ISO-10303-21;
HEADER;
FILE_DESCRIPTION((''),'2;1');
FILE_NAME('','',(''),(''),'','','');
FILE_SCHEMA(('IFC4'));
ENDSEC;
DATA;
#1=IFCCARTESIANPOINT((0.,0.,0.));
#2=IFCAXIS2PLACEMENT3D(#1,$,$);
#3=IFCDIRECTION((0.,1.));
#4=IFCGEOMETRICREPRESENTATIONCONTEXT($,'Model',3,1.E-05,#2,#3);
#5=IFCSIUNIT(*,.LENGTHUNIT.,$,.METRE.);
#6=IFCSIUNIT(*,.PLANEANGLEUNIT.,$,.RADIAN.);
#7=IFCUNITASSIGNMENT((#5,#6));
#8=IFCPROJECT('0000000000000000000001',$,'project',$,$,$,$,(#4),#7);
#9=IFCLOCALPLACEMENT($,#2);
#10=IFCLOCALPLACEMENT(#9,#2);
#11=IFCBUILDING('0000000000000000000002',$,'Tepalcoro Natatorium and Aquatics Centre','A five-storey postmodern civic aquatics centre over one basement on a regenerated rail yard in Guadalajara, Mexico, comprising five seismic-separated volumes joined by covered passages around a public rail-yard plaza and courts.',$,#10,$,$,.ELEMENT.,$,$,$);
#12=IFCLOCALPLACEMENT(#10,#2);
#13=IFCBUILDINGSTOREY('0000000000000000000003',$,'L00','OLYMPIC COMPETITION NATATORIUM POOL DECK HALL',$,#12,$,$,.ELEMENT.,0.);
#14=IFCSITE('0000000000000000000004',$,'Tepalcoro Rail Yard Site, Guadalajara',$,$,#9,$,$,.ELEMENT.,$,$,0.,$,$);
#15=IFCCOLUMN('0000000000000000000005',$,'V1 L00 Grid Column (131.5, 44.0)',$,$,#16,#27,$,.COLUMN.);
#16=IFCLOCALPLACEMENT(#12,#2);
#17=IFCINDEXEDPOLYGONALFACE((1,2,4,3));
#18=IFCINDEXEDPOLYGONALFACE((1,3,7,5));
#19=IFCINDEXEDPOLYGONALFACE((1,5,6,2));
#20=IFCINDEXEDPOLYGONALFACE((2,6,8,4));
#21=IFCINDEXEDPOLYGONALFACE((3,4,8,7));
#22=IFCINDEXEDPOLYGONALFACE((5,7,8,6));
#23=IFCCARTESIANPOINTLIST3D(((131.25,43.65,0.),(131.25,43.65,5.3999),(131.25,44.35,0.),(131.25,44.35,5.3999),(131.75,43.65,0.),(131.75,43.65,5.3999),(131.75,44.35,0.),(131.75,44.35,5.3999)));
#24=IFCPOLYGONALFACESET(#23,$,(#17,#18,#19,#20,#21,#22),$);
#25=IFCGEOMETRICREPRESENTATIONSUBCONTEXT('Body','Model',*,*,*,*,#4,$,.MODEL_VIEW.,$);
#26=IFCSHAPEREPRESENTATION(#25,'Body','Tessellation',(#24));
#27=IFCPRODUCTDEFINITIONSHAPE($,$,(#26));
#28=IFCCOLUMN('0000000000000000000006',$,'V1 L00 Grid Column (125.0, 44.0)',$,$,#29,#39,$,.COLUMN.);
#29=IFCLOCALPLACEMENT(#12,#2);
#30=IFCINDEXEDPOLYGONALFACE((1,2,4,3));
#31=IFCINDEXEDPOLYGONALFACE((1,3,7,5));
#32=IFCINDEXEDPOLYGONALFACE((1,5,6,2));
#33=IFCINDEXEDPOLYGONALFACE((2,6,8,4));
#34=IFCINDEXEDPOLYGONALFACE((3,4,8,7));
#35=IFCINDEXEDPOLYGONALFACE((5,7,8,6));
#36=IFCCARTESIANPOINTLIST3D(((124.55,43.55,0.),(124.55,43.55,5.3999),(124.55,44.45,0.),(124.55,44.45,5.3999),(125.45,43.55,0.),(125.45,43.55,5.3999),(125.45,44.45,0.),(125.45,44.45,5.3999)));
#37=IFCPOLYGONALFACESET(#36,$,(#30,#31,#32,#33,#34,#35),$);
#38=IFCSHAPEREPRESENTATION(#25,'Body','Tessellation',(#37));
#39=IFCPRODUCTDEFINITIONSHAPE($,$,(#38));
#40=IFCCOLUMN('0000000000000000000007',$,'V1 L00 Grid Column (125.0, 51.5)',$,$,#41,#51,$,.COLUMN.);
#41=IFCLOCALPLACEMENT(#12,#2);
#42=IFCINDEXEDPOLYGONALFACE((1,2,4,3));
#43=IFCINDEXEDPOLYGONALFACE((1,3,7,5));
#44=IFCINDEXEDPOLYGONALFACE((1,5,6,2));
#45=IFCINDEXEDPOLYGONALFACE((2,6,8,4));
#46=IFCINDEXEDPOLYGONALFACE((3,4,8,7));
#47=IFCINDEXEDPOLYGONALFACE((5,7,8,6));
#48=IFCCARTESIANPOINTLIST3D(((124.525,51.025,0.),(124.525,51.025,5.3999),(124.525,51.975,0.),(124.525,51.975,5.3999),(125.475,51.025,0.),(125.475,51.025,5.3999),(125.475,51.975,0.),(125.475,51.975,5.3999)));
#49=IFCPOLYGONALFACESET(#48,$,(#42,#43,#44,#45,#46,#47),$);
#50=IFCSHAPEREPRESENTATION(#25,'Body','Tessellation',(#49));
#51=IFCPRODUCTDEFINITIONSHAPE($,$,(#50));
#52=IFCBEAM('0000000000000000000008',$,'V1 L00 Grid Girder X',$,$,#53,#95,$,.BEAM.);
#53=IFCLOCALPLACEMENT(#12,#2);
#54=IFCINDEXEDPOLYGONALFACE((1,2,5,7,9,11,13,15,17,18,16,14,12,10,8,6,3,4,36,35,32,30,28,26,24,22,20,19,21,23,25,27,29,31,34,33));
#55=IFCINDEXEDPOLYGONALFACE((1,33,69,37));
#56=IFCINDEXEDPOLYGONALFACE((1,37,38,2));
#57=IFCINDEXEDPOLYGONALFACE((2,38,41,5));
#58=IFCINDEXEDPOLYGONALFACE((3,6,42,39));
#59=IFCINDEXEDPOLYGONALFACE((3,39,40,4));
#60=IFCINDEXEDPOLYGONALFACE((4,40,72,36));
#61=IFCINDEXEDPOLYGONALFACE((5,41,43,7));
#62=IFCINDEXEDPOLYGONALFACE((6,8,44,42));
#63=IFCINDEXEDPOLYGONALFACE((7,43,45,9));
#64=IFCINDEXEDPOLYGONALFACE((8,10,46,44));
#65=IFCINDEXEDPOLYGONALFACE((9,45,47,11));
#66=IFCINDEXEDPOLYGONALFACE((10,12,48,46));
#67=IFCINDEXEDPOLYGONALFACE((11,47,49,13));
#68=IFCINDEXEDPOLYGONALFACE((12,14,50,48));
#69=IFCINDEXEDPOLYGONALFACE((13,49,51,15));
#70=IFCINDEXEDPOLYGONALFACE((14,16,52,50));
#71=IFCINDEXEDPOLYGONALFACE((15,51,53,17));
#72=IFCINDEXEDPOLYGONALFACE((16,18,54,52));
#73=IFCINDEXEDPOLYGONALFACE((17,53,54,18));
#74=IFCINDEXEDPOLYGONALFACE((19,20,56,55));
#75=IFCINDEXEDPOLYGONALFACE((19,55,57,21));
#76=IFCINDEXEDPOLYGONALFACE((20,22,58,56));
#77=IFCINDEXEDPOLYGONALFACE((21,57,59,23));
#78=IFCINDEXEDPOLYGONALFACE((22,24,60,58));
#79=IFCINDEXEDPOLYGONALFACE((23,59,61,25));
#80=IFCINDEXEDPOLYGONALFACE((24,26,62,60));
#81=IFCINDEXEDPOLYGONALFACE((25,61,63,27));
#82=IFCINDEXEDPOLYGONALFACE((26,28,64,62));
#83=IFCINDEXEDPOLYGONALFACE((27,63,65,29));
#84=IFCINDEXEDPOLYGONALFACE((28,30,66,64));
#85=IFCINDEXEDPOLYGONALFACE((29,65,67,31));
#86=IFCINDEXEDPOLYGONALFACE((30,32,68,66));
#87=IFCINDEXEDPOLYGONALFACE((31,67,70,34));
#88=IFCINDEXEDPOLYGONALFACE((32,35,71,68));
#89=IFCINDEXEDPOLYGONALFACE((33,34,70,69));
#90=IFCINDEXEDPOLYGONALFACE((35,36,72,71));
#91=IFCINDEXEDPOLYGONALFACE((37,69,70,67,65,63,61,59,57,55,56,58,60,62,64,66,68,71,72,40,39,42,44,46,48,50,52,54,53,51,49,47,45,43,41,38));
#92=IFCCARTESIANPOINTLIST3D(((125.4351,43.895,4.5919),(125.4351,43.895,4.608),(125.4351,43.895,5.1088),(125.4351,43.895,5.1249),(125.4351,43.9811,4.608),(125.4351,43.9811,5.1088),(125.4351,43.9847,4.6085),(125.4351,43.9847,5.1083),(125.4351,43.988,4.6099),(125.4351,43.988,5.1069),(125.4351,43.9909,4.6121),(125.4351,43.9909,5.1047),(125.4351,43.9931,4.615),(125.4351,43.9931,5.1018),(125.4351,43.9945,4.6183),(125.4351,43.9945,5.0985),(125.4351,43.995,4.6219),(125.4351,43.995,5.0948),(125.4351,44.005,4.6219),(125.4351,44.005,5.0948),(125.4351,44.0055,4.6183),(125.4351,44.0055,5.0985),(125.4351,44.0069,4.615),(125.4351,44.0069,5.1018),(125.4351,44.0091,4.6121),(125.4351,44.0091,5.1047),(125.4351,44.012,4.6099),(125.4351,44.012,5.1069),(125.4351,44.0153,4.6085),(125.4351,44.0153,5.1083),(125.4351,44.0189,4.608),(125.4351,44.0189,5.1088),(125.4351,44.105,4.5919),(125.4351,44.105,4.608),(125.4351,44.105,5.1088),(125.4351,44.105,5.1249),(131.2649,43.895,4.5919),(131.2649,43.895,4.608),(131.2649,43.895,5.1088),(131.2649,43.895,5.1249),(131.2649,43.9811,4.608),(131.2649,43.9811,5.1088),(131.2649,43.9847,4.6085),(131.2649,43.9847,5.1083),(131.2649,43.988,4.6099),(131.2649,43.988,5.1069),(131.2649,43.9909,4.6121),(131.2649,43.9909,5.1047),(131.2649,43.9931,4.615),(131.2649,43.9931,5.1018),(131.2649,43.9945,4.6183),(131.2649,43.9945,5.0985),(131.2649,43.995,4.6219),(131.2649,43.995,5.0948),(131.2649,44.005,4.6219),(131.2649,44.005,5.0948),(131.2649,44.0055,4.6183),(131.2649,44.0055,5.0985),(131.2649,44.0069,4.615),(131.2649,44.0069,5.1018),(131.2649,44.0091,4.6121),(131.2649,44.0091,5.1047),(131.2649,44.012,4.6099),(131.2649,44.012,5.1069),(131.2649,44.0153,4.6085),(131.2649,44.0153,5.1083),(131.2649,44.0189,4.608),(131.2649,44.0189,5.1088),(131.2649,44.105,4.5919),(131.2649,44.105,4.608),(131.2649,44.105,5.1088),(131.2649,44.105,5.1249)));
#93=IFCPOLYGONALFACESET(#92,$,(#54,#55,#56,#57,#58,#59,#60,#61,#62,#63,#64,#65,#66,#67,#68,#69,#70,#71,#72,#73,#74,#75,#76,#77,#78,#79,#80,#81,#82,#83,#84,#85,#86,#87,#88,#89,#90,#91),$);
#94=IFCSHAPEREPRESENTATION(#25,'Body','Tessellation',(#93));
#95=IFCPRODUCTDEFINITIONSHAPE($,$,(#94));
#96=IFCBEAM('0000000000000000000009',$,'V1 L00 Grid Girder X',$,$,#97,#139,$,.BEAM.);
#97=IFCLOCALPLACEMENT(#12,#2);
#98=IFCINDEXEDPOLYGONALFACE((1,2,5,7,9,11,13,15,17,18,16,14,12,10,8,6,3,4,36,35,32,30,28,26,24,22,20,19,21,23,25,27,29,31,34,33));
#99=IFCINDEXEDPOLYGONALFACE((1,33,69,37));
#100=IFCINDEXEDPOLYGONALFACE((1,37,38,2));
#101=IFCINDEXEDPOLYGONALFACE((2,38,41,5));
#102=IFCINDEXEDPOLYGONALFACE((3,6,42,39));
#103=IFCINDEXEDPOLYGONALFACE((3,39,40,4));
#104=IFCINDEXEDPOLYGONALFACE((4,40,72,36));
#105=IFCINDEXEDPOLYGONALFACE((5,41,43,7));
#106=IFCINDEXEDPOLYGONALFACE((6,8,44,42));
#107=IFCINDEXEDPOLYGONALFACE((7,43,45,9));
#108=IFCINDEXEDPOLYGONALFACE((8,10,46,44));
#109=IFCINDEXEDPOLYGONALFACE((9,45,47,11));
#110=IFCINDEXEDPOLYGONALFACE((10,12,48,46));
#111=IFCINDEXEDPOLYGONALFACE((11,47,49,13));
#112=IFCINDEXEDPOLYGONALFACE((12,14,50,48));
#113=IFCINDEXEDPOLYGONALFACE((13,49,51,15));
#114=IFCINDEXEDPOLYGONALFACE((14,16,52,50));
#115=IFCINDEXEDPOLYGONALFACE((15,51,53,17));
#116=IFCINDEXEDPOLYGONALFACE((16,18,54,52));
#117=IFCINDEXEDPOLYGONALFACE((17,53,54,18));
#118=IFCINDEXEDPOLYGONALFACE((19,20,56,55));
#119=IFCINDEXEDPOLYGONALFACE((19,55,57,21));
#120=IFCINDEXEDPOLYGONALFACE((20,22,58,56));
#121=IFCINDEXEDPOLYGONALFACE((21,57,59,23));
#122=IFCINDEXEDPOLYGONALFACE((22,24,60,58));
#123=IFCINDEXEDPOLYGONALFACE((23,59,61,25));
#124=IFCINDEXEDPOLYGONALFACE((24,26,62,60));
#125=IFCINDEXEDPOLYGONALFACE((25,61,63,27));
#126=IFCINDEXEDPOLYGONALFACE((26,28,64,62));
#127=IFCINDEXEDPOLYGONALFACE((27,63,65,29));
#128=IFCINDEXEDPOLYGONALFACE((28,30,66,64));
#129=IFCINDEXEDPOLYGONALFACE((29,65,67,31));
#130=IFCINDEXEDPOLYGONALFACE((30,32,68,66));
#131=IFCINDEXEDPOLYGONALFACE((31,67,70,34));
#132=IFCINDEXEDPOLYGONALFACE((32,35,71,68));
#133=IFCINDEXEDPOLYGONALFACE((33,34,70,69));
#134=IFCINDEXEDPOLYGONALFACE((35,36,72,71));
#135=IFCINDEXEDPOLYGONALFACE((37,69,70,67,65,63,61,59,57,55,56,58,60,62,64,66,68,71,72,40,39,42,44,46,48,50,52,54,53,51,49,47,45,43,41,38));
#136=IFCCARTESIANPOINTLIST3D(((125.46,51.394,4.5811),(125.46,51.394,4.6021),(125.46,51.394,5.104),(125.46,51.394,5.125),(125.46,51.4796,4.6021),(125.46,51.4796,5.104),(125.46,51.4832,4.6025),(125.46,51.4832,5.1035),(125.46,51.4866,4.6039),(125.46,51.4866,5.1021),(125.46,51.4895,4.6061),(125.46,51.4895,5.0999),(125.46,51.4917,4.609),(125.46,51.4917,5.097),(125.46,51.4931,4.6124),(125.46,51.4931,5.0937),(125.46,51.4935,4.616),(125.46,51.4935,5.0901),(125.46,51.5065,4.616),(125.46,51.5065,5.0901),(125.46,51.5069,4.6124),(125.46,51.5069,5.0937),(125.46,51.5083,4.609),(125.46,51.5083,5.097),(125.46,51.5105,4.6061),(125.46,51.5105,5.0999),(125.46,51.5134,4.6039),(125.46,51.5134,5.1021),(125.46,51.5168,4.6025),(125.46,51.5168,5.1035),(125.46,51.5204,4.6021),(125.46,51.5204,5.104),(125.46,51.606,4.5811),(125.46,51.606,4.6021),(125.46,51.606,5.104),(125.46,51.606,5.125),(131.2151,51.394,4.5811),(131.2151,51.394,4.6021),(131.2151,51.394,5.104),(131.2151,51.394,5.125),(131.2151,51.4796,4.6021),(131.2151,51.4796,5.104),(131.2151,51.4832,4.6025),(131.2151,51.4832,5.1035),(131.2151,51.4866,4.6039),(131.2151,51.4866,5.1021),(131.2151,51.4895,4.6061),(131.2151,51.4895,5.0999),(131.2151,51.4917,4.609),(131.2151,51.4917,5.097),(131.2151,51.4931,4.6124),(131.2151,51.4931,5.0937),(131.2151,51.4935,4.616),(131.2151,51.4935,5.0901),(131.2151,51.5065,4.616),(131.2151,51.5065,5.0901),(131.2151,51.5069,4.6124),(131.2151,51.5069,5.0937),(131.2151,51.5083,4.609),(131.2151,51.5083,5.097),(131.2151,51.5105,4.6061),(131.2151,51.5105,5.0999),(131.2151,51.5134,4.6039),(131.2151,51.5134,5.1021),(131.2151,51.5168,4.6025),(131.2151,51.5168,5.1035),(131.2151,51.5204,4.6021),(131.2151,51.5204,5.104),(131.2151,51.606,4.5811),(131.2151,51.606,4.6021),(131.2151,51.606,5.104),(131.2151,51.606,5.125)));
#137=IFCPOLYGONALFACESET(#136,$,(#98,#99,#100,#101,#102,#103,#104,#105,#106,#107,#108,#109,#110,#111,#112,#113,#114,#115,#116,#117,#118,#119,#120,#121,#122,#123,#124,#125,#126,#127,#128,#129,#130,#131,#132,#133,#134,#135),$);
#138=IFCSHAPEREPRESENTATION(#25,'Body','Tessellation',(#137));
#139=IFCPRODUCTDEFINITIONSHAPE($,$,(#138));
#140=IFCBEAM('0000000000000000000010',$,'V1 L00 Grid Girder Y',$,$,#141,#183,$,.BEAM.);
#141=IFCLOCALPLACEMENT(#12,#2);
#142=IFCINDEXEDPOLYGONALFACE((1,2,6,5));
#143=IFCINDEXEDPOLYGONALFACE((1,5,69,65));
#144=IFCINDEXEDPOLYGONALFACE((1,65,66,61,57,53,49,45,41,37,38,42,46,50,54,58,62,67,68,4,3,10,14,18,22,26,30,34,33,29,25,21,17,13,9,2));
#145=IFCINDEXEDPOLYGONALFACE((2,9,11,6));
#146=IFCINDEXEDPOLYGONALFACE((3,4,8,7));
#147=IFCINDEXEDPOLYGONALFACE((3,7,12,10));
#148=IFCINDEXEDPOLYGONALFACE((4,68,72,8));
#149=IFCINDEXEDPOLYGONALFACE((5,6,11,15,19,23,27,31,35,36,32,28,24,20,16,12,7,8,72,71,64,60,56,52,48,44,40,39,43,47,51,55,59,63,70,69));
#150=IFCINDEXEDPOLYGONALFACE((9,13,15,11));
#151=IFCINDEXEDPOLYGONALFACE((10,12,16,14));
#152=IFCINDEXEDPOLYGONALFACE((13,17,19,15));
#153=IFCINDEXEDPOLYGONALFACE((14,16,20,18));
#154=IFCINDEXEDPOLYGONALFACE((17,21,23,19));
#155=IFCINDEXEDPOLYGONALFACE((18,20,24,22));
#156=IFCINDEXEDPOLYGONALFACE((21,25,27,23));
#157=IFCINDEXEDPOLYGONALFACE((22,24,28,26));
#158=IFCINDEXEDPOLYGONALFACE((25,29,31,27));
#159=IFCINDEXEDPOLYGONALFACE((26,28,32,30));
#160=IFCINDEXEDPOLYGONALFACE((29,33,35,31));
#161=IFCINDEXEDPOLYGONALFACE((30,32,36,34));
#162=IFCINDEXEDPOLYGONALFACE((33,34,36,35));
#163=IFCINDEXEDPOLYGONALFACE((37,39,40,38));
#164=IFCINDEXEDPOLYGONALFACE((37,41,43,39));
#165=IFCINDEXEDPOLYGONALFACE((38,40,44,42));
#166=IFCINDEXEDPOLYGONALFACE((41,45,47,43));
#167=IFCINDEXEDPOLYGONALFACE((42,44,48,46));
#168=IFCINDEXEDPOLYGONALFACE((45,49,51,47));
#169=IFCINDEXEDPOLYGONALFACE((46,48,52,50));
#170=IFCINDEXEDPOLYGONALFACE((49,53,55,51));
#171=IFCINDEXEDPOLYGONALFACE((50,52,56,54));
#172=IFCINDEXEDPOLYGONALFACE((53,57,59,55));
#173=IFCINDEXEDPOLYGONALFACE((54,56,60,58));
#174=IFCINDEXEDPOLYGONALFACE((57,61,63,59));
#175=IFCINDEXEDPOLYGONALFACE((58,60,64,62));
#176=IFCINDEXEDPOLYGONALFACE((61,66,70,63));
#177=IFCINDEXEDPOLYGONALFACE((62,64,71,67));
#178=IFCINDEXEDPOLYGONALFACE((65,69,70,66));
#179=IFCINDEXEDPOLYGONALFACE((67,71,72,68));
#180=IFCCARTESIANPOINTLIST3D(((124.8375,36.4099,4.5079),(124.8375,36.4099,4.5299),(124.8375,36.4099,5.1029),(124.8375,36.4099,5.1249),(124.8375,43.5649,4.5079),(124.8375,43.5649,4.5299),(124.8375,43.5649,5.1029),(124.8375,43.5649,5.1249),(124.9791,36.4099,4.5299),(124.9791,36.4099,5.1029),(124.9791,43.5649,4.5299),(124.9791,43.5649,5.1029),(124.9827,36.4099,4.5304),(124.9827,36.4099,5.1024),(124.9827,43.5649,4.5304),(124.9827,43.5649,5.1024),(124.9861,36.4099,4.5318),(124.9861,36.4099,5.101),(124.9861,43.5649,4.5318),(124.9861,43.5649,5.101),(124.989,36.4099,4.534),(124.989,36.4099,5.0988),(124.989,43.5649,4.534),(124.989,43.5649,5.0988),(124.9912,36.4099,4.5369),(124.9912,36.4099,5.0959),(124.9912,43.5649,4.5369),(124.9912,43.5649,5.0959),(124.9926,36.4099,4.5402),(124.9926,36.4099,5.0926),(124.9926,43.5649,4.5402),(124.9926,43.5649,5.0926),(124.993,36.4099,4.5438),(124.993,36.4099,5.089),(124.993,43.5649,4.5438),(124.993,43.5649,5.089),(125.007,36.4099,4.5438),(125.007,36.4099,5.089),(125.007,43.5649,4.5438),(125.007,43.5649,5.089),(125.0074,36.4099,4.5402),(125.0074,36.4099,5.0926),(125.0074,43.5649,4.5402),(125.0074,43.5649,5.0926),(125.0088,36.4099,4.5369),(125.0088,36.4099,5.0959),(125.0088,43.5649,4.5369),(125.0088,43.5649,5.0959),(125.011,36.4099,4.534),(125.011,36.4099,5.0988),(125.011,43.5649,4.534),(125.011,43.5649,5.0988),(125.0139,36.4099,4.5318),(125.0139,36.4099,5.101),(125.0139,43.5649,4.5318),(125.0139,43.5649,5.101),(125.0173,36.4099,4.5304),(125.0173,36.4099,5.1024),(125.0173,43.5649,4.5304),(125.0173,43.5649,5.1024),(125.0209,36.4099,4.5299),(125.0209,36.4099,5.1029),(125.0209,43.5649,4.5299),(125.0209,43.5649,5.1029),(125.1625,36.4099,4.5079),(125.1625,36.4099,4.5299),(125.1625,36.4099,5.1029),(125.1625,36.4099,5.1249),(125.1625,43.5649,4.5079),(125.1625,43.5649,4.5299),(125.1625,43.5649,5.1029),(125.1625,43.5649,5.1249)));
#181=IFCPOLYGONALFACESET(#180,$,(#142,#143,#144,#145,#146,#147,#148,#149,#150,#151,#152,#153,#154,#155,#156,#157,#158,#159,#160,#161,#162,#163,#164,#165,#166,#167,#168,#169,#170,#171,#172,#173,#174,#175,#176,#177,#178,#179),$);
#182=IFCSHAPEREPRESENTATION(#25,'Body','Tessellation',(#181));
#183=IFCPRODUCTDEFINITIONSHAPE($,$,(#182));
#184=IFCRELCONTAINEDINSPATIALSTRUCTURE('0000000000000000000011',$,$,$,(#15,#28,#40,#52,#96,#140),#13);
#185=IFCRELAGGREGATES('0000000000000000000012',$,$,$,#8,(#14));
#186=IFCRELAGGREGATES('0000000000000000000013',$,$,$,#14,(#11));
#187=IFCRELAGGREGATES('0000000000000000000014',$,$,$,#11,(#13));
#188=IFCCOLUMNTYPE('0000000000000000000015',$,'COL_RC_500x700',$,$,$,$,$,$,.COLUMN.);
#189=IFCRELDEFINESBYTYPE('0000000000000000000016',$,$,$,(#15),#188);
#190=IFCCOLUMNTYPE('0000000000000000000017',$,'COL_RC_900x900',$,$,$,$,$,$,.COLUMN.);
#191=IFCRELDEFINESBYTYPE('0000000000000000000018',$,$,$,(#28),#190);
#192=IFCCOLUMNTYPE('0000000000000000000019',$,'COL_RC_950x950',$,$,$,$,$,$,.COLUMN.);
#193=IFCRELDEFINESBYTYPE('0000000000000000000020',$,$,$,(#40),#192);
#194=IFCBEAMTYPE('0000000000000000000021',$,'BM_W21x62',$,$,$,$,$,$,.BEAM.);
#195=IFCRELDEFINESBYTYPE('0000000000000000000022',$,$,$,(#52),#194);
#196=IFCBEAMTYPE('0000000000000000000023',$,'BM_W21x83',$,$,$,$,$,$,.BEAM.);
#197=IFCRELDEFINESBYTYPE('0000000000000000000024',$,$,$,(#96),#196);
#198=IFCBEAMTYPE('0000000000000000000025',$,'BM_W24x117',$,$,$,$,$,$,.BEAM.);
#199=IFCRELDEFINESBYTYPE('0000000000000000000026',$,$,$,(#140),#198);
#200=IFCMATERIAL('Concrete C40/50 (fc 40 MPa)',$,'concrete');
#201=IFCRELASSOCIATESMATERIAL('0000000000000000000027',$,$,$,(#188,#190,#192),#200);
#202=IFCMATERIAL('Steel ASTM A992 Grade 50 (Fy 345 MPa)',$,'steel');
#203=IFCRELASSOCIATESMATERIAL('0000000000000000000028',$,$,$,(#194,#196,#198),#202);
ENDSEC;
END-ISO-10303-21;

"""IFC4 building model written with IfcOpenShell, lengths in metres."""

from ifc_helpers import new_model, si_unit, direction, frame, origin, origin_2d, place, context, subcontext, project, spatial, rectangle, i_section, extrude, material, material_profile, profile_set, type_object, element, save


model = new_model("IFC4")

# Units and contexts
model_context = context("Model", 3, precision=1e-05, world=origin(), true_north=direction((0.0, 1.0)))
body_context = subcontext(model_context, "Body", "Model", "MODEL_VIEW")
ifc_project = project(units=[si_unit("LENGTHUNIT", "METRE"), si_unit("PLANEANGLEUNIT", "RADIAN")], contexts=[model_context])

# Site, building, storey
site_placement = place(None, origin())
site = spatial("IfcSite", under=ifc_project, at=site_placement, Name="Tepalcoro Rail Yard Site, Guadalajara", CompositionType="ELEMENT", RefElevation=0.0)
building_placement = place(site_placement, origin())
building = spatial("IfcBuilding", under=site, at=building_placement, Name="Tepalcoro Natatorium and Aquatics Centre", Description="A five-storey postmodern civic aquatics centre over one basement on a regenerated rail yard in Guadalajara, Mexico, comprising five seismic-separated volumes joined by covered passages around a public rail-yard plaza and courts.", CompositionType="ELEMENT")
storey_placement = place(building_placement, origin())
storey = spatial("IfcBuildingStorey", under=building, at=storey_placement, Name="L00", Description="OLYMPIC COMPETITION NATATORIUM POOL DECK HALL", CompositionType="ELEMENT", Elevation=0.0)

# Columns
ifc_material_1 = material(Name="Concrete C40/50 (fc 40 MPa)", Category="concrete")
ifc_material_profile_1 = material_profile(ifc_material_1, rectangle(XDim=0.5, YDim=0.7, at=origin_2d()), Name="RC500x700")
ifc_profile_set_1 = profile_set([ifc_material_profile_1], Name="Concrete C40/50 (fc 40 MPa)")
column_type_1 = type_object("IfcColumnType", Name="COL_RC_500x700", PredefinedType="COLUMN", material=ifc_profile_set_1)
column_1_placement = place(storey_placement, frame((131.5, 44.0, 0.0), z_axis=(0.0, 0.0, 1.0), x_axis=(1.0, 0.0, 0.0)))
element("IfcColumn", 1, at=column_1_placement, inside=storey, type_object=column_type_1, Name="V1 L00 Grid Column (131.5, 44.0)", PredefinedType="COLUMN", context=body_context, shape_type="SweptSolid", body=[
    extrude(rectangle(XDim=0.5, YDim=0.7, at=origin_2d()), origin(), (0.0, 0.0, 1.0), 5.3999),
])
ifc_material_profile_2 = material_profile(ifc_material_1, rectangle(XDim=0.8999, YDim=0.8999, at=origin_2d()), Name="RC900x900")
ifc_profile_set_2 = profile_set([ifc_material_profile_2], Name="Concrete C40/50 (fc 40 MPa)")
column_type_2 = type_object("IfcColumnType", Name="COL_RC_900x900", PredefinedType="COLUMN", material=ifc_profile_set_2)
column_2_placement = place(storey_placement, frame((125.0, 44.0, 0.0), z_axis=(0.0, 0.0, 1.0), x_axis=(1.0, 0.0, 0.0)))
element("IfcColumn", 2, at=column_2_placement, inside=storey, type_object=column_type_2, Name="V1 L00 Grid Column (125.0, 44.0)", PredefinedType="COLUMN", context=body_context, shape_type="SweptSolid", body=[
    extrude(rectangle(XDim=0.8999, YDim=0.8999, at=origin_2d()), origin(), (0.0, 0.0, 1.0), 5.3999),
])
ifc_material_profile_3 = material_profile(ifc_material_1, rectangle(XDim=0.95, YDim=0.95, at=origin_2d()), Name="RC950x950")
ifc_profile_set_3 = profile_set([ifc_material_profile_3], Name="Concrete C40/50 (fc 40 MPa)")
column_type_3 = type_object("IfcColumnType", Name="COL_RC_950x950", PredefinedType="COLUMN", material=ifc_profile_set_3)
column_3_placement = place(storey_placement, frame((125.0, 51.5, 0.0), z_axis=(0.0, 0.0, 1.0), x_axis=(1.0, 0.0, 0.0)))
element("IfcColumn", 3, at=column_3_placement, inside=storey, type_object=column_type_3, Name="V1 L00 Grid Column (125.0, 51.5)", PredefinedType="COLUMN", context=body_context, shape_type="SweptSolid", body=[
    extrude(rectangle(XDim=0.95, YDim=0.95, at=origin_2d()), origin(), (0.0, 0.0, 1.0), 5.3999),
])

# Beams
ifc_material_2 = material(Name="Steel ASTM A992 Grade 50 (Fy 345 MPa)", Category="steel")
ifc_material_profile_4 = material_profile(ifc_material_2, i_section(OverallWidth=0.21, OverallDepth=0.533, WebThickness=0.01, FlangeThickness=0.0161, FilletRadius=0.0139, at=origin_2d()), Name="W21X62")
ifc_profile_set_4 = profile_set([ifc_material_profile_4], Name="Steel ASTM A992 Grade 50 (Fy 345 MPa)")
beam_type_1 = type_object("IfcBeamType", Name="BM_W21x62", PredefinedType="BEAM", material=ifc_profile_set_4)
beam_1_placement = place(storey_placement, frame((125.4351, 44.0, 4.8584), z_axis=(1.0, 0.0, 0.0), x_axis=(0.0, 1.0, 0.0)))
element("IfcBeam", 4, at=beam_1_placement, inside=storey, type_object=beam_type_1, Name="V1 L00 Grid Girder X", PredefinedType="BEAM", context=body_context, shape_type="SweptSolid", body=[
    extrude(i_section(OverallWidth=0.21, OverallDepth=0.533, WebThickness=0.01, FlangeThickness=0.0161, FilletRadius=0.0139, at=origin_2d()), origin(), (0.0, 0.0, 1.0), 5.8298),
])
ifc_material_profile_5 = material_profile(ifc_material_2, i_section(OverallWidth=0.2119, OverallDepth=0.5439, WebThickness=0.0129, FlangeThickness=0.021, FilletRadius=0.0139, at=origin_2d()), Name="W21X83")
ifc_profile_set_5 = profile_set([ifc_material_profile_5], Name="Steel ASTM A992 Grade 50 (Fy 345 MPa)")
beam_type_2 = type_object("IfcBeamType", Name="BM_W21x83", PredefinedType="BEAM", material=ifc_profile_set_5)
beam_2_placement = place(storey_placement, frame((125.46, 51.5, 4.853), z_axis=(1.0, 0.0, 0.0), x_axis=(0.0, 1.0, 0.0)))
element("IfcBeam", 5, at=beam_2_placement, inside=storey, type_object=beam_type_2, Name="V1 L00 Grid Girder X", PredefinedType="BEAM", context=body_context, shape_type="SweptSolid", body=[
    extrude(i_section(OverallWidth=0.2119, OverallDepth=0.5439, WebThickness=0.0129, FlangeThickness=0.021, FilletRadius=0.0139, at=origin_2d()), origin(), (0.0, 0.0, 1.0), 5.7551),
])
ifc_material_profile_6 = material_profile(ifc_material_2, i_section(OverallWidth=0.325, OverallDepth=0.6169, WebThickness=0.0139, FlangeThickness=0.022, FilletRadius=0.0139, at=origin_2d()), Name="W24X117")
ifc_profile_set_6 = profile_set([ifc_material_profile_6], Name="Steel ASTM A992 Grade 50 (Fy 345 MPa)")
beam_type_3 = type_object("IfcBeamType", Name="BM_W24x117", PredefinedType="BEAM", material=ifc_profile_set_6)
beam_3_placement = place(storey_placement, frame((125.0, 36.4099, 4.8164), z_axis=(0.0, 1.0, 0.0), x_axis=(-1.0, 0.0, 0.0)))
element("IfcBeam", 6, at=beam_3_placement, inside=storey, type_object=beam_type_3, Name="V1 L00 Grid Girder Y", PredefinedType="BEAM", context=body_context, shape_type="SweptSolid", body=[
    extrude(i_section(OverallWidth=0.325, OverallDepth=0.6169, WebThickness=0.0139, FlangeThickness=0.022, FilletRadius=0.0139, at=origin_2d()), origin(), (0.0, 0.0, 1.0), 7.155),
])

save(model, "model.ifc")
